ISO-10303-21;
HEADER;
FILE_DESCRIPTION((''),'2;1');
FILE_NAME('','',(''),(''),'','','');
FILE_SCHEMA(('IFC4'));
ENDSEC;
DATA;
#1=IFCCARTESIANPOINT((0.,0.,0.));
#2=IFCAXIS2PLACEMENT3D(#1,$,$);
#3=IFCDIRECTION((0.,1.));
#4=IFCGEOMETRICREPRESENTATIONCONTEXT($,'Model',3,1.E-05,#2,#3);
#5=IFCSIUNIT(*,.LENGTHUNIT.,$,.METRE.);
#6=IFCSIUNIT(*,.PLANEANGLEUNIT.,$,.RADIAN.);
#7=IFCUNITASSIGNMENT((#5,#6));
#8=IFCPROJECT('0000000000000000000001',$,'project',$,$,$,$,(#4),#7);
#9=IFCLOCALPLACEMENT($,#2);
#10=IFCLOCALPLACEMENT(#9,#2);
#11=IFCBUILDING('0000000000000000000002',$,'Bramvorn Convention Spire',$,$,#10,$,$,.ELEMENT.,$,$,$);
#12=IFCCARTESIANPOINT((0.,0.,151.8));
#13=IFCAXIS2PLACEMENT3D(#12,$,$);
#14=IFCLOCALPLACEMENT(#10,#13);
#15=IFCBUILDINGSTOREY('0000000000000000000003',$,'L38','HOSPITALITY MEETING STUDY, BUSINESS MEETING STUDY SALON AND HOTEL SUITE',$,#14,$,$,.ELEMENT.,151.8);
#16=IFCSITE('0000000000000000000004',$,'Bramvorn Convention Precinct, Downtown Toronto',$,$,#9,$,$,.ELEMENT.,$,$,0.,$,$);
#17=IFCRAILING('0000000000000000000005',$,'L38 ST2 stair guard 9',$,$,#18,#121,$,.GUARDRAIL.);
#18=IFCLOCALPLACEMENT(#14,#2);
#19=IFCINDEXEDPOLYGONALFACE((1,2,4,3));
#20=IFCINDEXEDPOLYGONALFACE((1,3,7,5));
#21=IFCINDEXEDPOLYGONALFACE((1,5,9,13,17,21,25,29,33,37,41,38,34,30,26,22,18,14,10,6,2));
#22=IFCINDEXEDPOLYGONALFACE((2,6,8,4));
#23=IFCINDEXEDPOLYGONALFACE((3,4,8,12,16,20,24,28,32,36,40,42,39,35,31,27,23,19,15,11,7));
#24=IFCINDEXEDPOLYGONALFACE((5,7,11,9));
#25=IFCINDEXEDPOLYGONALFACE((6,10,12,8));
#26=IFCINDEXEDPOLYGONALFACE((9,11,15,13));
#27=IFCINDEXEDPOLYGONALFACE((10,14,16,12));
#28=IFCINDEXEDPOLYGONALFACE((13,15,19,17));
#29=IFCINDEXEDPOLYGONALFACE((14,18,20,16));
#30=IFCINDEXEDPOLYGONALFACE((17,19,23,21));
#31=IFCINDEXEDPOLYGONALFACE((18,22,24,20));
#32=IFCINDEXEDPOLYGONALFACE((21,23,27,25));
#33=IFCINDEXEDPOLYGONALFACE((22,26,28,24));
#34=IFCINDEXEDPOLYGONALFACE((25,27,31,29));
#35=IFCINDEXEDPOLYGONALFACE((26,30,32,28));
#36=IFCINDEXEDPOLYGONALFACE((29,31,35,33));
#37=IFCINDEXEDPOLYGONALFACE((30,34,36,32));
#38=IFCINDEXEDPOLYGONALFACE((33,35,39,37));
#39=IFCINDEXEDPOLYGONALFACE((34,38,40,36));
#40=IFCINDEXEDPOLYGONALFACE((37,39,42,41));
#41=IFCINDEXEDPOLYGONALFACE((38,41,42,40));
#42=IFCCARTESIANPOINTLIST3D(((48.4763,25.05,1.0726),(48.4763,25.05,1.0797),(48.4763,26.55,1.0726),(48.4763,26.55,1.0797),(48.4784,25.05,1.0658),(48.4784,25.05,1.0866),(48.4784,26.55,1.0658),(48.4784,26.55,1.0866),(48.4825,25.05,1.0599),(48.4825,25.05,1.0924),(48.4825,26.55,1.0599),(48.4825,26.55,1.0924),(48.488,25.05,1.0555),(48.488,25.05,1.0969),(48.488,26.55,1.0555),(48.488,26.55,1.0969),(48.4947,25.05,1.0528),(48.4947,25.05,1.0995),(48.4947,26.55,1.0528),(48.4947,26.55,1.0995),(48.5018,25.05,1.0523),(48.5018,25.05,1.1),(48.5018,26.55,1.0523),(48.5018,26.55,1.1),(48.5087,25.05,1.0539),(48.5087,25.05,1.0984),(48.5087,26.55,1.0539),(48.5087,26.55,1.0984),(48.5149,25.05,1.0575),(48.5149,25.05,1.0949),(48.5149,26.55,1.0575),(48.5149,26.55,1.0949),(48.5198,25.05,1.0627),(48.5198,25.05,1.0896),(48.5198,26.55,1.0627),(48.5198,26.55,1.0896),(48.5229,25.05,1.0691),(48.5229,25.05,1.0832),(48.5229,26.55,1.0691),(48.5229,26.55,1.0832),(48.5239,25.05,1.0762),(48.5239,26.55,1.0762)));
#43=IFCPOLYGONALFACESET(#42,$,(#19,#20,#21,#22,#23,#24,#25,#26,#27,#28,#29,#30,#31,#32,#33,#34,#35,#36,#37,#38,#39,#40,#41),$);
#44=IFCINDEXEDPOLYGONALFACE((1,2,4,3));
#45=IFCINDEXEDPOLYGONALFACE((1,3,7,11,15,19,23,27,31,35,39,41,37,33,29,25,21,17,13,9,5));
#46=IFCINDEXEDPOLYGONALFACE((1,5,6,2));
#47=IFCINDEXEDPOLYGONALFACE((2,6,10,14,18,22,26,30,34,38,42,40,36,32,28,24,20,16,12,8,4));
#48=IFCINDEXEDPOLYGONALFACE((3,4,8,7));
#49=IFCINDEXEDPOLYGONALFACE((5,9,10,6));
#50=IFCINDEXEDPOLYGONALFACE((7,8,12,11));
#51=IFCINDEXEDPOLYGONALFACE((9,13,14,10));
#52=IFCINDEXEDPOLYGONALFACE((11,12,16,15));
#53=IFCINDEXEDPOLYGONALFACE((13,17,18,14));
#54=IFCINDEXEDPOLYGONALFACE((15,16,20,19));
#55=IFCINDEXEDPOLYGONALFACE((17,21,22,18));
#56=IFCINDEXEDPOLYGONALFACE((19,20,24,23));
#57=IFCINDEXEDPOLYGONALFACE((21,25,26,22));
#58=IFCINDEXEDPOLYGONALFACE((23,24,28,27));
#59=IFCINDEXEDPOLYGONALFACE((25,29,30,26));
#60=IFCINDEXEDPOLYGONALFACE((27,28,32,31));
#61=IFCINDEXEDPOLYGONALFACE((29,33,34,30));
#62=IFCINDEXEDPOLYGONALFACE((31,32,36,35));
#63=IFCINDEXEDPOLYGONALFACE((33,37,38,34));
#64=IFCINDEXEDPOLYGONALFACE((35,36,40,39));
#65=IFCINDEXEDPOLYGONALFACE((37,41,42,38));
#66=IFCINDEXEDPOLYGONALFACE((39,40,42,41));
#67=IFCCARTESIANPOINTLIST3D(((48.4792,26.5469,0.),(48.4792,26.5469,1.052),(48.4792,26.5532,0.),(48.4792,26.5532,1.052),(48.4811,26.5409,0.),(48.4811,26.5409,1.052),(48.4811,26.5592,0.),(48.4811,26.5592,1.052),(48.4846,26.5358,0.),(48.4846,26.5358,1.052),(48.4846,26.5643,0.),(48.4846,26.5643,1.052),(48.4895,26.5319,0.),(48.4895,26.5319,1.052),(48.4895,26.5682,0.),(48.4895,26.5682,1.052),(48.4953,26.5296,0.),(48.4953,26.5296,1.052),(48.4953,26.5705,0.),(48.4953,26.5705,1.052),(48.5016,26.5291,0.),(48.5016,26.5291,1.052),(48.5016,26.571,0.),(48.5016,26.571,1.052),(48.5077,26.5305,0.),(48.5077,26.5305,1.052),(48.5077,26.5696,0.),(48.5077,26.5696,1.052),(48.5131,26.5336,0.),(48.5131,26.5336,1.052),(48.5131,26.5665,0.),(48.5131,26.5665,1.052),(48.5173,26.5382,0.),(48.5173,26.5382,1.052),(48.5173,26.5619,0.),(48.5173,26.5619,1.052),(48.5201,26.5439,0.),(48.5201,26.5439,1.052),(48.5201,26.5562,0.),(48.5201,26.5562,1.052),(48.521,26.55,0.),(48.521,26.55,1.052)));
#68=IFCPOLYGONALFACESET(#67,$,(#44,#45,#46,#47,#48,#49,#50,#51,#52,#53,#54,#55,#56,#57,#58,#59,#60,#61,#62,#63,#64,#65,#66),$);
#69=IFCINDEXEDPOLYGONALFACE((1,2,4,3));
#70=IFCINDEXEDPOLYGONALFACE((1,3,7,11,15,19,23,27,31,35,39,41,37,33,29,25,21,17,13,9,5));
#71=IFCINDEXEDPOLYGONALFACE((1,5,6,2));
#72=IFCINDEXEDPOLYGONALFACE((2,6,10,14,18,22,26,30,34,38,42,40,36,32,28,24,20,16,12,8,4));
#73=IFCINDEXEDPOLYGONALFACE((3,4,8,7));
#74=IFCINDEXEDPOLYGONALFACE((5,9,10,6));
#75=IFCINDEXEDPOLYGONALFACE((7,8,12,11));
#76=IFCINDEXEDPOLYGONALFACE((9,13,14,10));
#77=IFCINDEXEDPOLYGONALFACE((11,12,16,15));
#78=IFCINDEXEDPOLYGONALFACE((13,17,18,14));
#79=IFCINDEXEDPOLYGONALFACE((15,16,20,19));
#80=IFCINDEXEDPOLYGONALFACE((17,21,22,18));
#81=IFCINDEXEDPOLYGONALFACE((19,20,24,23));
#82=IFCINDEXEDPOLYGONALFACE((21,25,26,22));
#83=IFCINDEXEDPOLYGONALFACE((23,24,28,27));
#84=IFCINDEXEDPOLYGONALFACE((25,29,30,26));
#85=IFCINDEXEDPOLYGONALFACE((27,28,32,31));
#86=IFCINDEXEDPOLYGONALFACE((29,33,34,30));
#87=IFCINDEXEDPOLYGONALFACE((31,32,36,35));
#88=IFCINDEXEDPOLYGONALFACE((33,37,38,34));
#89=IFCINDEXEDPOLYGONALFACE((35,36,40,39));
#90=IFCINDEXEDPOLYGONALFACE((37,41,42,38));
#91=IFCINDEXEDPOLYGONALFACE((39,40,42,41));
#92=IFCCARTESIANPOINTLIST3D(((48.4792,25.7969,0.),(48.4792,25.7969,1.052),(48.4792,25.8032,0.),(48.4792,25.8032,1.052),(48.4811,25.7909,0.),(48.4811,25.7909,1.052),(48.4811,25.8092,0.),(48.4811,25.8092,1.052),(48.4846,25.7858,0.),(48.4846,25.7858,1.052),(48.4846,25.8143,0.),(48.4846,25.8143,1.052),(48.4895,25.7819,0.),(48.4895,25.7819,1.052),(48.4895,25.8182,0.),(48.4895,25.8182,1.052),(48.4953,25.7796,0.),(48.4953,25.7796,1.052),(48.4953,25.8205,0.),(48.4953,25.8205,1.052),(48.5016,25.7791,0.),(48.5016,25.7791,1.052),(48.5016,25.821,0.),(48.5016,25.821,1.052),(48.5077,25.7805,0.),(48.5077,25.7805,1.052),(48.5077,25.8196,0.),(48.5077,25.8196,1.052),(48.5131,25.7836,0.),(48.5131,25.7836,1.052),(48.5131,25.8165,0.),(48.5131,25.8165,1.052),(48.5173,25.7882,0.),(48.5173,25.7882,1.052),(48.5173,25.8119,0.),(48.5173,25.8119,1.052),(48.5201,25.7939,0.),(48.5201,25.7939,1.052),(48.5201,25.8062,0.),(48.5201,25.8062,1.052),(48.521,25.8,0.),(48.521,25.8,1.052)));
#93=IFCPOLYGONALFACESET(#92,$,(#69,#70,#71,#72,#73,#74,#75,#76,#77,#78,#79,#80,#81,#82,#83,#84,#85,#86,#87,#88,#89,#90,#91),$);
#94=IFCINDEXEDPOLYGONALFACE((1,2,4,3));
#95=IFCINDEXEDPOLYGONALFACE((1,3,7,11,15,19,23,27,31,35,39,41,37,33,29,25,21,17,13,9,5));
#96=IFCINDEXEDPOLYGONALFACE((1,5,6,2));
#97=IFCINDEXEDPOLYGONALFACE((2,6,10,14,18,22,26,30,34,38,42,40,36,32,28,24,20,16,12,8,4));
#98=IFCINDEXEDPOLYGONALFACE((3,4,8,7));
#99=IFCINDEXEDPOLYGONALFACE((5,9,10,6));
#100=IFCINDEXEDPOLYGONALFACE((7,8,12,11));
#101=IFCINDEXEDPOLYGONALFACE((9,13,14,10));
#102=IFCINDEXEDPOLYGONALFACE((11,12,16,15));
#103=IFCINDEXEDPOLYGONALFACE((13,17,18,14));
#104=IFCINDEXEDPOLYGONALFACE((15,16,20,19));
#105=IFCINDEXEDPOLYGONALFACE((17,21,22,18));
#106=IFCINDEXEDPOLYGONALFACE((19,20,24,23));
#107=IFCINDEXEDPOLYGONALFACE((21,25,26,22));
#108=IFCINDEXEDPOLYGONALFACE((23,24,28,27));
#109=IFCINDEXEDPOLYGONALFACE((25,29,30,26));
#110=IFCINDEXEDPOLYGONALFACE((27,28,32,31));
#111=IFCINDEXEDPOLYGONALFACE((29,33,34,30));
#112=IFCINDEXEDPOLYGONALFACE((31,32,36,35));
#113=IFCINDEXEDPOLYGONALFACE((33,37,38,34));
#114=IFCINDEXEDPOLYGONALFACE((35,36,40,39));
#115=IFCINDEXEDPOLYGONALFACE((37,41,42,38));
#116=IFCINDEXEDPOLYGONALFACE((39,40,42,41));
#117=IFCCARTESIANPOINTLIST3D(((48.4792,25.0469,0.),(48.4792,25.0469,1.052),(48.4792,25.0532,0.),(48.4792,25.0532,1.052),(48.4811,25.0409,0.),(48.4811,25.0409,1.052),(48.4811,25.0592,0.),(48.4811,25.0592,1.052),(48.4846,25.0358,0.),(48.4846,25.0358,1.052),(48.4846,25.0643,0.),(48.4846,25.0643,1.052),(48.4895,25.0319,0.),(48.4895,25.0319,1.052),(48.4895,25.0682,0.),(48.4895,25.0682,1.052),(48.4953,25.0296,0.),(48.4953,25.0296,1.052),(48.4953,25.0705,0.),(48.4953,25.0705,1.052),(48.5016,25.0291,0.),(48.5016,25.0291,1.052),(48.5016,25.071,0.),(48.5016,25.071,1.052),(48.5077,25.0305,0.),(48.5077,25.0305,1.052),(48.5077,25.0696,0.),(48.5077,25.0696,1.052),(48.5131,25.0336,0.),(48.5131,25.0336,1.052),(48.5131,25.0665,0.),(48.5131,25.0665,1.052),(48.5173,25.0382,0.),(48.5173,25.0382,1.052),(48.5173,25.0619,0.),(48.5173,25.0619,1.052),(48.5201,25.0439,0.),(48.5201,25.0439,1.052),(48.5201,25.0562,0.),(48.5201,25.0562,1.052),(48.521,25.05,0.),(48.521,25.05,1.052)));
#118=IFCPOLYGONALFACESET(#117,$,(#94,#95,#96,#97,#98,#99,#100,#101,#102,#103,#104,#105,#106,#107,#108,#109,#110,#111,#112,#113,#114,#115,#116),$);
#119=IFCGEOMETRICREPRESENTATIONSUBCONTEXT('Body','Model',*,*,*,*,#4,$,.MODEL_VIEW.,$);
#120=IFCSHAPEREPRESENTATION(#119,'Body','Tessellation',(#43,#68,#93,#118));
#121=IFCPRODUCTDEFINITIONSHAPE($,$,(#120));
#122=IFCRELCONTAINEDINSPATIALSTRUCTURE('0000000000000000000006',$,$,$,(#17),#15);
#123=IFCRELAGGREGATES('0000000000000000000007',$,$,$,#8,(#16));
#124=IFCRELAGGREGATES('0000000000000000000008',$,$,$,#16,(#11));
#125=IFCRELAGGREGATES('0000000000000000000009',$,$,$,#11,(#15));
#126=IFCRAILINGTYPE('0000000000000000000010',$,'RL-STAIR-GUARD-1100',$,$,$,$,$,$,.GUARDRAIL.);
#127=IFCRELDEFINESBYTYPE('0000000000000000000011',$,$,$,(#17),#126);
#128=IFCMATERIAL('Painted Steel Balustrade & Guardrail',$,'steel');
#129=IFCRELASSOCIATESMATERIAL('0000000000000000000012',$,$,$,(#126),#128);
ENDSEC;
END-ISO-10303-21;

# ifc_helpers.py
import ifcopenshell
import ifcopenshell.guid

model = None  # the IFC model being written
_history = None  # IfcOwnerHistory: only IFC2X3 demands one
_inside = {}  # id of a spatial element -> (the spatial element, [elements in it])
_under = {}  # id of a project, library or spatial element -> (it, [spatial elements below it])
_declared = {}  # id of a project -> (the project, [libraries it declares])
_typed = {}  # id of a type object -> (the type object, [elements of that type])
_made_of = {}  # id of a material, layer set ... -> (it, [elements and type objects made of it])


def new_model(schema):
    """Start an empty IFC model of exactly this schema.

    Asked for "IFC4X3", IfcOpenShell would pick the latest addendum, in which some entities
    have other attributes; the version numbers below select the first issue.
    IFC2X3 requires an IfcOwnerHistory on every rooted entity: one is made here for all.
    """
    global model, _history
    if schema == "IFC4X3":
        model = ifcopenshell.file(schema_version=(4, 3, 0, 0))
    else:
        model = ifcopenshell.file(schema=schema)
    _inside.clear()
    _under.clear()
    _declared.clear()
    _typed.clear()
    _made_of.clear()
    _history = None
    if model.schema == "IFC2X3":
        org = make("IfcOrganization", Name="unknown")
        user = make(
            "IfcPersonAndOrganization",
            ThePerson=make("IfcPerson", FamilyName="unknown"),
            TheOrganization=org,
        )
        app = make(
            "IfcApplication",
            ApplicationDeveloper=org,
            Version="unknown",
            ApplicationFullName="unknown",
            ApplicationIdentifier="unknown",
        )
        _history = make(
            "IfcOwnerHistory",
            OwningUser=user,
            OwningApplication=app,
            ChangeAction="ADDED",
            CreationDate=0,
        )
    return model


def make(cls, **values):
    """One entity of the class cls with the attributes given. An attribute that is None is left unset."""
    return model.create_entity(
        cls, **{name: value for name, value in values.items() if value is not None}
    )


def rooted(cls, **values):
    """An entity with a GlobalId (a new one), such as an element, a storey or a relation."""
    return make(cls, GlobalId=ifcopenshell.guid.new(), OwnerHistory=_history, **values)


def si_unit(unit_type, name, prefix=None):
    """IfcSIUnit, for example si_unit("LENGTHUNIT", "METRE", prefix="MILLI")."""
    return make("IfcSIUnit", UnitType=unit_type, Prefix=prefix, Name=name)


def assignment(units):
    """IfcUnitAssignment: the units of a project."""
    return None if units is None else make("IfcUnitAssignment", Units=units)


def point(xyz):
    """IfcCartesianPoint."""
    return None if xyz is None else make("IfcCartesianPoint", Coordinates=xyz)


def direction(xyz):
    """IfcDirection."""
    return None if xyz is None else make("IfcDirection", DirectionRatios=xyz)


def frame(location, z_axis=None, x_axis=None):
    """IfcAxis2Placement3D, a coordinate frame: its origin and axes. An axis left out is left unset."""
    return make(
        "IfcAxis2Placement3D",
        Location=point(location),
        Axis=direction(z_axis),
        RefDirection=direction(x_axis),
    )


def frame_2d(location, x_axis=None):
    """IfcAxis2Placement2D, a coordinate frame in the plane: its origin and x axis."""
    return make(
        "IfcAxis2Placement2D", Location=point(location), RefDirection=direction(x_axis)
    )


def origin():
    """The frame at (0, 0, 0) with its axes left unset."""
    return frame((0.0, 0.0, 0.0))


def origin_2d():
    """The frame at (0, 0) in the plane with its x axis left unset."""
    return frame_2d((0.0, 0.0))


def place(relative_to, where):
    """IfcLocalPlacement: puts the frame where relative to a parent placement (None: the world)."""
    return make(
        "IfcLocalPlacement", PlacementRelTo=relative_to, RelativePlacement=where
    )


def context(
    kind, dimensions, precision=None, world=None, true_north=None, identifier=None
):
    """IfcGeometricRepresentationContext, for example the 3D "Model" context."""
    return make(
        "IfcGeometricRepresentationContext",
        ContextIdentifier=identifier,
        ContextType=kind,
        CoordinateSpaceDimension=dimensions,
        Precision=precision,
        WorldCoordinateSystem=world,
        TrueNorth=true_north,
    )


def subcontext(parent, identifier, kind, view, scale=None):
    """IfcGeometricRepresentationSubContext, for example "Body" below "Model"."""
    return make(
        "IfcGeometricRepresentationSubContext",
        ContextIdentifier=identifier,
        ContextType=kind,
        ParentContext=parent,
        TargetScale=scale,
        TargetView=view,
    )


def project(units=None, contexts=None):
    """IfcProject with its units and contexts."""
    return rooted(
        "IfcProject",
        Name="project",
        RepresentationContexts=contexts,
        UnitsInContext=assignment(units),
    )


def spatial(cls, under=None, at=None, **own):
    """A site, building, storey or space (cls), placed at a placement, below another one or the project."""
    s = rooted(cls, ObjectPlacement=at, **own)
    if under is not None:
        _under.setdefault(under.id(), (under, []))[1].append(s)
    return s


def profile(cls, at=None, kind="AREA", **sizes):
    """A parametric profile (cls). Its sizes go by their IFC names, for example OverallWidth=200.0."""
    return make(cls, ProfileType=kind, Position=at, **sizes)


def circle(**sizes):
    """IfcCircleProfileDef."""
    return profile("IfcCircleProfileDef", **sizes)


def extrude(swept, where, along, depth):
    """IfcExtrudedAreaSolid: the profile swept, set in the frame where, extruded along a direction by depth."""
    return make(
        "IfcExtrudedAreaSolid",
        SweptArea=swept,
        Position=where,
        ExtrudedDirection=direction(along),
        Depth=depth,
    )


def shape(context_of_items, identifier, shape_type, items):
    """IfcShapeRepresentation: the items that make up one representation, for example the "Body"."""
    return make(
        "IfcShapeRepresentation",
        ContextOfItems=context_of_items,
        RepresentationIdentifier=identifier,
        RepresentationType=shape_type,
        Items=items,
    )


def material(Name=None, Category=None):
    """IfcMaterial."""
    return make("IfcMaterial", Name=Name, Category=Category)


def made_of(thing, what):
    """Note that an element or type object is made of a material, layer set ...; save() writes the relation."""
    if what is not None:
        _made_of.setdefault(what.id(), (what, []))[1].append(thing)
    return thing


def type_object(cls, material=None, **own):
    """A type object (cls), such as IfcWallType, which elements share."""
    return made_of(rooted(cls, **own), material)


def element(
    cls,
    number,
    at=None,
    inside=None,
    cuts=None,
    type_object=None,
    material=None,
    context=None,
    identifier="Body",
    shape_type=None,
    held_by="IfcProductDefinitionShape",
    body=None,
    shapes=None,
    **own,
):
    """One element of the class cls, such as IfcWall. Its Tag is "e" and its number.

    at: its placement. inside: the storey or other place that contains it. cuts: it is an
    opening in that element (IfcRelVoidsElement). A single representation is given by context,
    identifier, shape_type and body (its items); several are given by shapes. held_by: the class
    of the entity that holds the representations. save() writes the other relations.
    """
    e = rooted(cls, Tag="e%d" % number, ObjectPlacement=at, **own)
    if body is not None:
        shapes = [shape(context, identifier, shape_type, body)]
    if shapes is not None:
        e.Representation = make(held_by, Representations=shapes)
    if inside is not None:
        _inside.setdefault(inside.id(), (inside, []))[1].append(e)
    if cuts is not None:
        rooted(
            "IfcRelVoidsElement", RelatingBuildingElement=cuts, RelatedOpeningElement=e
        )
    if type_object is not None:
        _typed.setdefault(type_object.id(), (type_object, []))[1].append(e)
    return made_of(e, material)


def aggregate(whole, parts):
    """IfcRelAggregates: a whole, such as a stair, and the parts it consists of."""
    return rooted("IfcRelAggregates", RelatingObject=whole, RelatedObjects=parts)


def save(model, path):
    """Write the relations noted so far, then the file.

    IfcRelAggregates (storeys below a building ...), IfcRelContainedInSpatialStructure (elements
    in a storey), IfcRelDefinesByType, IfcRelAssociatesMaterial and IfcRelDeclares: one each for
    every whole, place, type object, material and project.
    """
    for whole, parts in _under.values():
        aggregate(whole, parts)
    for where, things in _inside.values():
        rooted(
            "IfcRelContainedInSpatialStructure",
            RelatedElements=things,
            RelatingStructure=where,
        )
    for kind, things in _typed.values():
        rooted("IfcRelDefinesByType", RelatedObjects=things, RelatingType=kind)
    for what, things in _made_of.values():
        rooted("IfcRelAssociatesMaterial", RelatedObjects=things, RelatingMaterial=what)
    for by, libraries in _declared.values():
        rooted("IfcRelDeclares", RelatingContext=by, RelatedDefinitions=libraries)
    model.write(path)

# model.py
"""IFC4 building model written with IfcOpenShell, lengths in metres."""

from ifc_helpers import new_model, si_unit, direction, frame, origin, origin_2d, place, context, subcontext, project, spatial, circle, extrude, material, type_object, element, save


model = new_model("IFC4")

# Units and contexts
model_context = context("Model", 3, precision=1e-05, world=origin(), true_north=direction((0.0, 1.0)))
body_context = subcontext(model_context, "Body", "Model", "MODEL_VIEW")
ifc_project = project(units=[si_unit("LENGTHUNIT", "METRE"), si_unit("PLANEANGLEUNIT", "RADIAN")], contexts=[model_context])

# Site, building, storey
site_placement = place(None, origin())
site = spatial("IfcSite", under=ifc_project, at=site_placement, Name="Bramvorn Convention Precinct, Downtown Toronto", CompositionType="ELEMENT", RefElevation=0.0)
building_placement = place(site_placement, origin())
building = spatial("IfcBuilding", under=site, at=building_placement, Name="Bramvorn Convention Spire", CompositionType="ELEMENT")
storey_placement = place(building_placement, frame((0.0, 0.0, 151.8)))
storey = spatial("IfcBuildingStorey", under=building, at=storey_placement, Name="L38", Description="HOSPITALITY MEETING STUDY, BUSINESS MEETING STUDY SALON AND HOTEL SUITE", CompositionType="ELEMENT", Elevation=151.8)

# Railing
ifc_material_1 = material(Name="Painted Steel Balustrade & Guardrail", Category="steel")
railing_type_1 = type_object("IfcRailingType", Name="RL-STAIR-GUARD-1100", PredefinedType="GUARDRAIL", material=ifc_material_1)
for number, where, name in (
    (1, (48.5, 26.55, 0.0), "L38 ST2 stair guard 9"),
):
    element("IfcRailing", number, at=place(storey_placement, frame(where)), inside=storey, type_object=railing_type_1, Name=name, PredefinedType="GUARDRAIL", context=body_context, shape_type="SweptSolid", body=[
        extrude(circle(Radius=0.0239, at=origin_2d()), frame((0.0, 0.0, 1.0762), z_axis=(0.0, -1.0, 0.0), x_axis=(1.0, 0.0, 0.0)), (0.0, 0.0, 1.0), 1.5),
        extrude(circle(Radius=0.021, at=origin_2d()), origin(), (0.0, 0.0, 1.0), 1.052),
        extrude(circle(Radius=0.021, at=origin_2d()), frame((0.0, -0.75, 0.0)), (0.0, 0.0, 1.0), 1.052),
        extrude(circle(Radius=0.021, at=origin_2d()), frame((0.0, -1.5, 0.0)), (0.0, 0.0, 1.0), 1.052),
    ])

save(model, "model.ifc")
